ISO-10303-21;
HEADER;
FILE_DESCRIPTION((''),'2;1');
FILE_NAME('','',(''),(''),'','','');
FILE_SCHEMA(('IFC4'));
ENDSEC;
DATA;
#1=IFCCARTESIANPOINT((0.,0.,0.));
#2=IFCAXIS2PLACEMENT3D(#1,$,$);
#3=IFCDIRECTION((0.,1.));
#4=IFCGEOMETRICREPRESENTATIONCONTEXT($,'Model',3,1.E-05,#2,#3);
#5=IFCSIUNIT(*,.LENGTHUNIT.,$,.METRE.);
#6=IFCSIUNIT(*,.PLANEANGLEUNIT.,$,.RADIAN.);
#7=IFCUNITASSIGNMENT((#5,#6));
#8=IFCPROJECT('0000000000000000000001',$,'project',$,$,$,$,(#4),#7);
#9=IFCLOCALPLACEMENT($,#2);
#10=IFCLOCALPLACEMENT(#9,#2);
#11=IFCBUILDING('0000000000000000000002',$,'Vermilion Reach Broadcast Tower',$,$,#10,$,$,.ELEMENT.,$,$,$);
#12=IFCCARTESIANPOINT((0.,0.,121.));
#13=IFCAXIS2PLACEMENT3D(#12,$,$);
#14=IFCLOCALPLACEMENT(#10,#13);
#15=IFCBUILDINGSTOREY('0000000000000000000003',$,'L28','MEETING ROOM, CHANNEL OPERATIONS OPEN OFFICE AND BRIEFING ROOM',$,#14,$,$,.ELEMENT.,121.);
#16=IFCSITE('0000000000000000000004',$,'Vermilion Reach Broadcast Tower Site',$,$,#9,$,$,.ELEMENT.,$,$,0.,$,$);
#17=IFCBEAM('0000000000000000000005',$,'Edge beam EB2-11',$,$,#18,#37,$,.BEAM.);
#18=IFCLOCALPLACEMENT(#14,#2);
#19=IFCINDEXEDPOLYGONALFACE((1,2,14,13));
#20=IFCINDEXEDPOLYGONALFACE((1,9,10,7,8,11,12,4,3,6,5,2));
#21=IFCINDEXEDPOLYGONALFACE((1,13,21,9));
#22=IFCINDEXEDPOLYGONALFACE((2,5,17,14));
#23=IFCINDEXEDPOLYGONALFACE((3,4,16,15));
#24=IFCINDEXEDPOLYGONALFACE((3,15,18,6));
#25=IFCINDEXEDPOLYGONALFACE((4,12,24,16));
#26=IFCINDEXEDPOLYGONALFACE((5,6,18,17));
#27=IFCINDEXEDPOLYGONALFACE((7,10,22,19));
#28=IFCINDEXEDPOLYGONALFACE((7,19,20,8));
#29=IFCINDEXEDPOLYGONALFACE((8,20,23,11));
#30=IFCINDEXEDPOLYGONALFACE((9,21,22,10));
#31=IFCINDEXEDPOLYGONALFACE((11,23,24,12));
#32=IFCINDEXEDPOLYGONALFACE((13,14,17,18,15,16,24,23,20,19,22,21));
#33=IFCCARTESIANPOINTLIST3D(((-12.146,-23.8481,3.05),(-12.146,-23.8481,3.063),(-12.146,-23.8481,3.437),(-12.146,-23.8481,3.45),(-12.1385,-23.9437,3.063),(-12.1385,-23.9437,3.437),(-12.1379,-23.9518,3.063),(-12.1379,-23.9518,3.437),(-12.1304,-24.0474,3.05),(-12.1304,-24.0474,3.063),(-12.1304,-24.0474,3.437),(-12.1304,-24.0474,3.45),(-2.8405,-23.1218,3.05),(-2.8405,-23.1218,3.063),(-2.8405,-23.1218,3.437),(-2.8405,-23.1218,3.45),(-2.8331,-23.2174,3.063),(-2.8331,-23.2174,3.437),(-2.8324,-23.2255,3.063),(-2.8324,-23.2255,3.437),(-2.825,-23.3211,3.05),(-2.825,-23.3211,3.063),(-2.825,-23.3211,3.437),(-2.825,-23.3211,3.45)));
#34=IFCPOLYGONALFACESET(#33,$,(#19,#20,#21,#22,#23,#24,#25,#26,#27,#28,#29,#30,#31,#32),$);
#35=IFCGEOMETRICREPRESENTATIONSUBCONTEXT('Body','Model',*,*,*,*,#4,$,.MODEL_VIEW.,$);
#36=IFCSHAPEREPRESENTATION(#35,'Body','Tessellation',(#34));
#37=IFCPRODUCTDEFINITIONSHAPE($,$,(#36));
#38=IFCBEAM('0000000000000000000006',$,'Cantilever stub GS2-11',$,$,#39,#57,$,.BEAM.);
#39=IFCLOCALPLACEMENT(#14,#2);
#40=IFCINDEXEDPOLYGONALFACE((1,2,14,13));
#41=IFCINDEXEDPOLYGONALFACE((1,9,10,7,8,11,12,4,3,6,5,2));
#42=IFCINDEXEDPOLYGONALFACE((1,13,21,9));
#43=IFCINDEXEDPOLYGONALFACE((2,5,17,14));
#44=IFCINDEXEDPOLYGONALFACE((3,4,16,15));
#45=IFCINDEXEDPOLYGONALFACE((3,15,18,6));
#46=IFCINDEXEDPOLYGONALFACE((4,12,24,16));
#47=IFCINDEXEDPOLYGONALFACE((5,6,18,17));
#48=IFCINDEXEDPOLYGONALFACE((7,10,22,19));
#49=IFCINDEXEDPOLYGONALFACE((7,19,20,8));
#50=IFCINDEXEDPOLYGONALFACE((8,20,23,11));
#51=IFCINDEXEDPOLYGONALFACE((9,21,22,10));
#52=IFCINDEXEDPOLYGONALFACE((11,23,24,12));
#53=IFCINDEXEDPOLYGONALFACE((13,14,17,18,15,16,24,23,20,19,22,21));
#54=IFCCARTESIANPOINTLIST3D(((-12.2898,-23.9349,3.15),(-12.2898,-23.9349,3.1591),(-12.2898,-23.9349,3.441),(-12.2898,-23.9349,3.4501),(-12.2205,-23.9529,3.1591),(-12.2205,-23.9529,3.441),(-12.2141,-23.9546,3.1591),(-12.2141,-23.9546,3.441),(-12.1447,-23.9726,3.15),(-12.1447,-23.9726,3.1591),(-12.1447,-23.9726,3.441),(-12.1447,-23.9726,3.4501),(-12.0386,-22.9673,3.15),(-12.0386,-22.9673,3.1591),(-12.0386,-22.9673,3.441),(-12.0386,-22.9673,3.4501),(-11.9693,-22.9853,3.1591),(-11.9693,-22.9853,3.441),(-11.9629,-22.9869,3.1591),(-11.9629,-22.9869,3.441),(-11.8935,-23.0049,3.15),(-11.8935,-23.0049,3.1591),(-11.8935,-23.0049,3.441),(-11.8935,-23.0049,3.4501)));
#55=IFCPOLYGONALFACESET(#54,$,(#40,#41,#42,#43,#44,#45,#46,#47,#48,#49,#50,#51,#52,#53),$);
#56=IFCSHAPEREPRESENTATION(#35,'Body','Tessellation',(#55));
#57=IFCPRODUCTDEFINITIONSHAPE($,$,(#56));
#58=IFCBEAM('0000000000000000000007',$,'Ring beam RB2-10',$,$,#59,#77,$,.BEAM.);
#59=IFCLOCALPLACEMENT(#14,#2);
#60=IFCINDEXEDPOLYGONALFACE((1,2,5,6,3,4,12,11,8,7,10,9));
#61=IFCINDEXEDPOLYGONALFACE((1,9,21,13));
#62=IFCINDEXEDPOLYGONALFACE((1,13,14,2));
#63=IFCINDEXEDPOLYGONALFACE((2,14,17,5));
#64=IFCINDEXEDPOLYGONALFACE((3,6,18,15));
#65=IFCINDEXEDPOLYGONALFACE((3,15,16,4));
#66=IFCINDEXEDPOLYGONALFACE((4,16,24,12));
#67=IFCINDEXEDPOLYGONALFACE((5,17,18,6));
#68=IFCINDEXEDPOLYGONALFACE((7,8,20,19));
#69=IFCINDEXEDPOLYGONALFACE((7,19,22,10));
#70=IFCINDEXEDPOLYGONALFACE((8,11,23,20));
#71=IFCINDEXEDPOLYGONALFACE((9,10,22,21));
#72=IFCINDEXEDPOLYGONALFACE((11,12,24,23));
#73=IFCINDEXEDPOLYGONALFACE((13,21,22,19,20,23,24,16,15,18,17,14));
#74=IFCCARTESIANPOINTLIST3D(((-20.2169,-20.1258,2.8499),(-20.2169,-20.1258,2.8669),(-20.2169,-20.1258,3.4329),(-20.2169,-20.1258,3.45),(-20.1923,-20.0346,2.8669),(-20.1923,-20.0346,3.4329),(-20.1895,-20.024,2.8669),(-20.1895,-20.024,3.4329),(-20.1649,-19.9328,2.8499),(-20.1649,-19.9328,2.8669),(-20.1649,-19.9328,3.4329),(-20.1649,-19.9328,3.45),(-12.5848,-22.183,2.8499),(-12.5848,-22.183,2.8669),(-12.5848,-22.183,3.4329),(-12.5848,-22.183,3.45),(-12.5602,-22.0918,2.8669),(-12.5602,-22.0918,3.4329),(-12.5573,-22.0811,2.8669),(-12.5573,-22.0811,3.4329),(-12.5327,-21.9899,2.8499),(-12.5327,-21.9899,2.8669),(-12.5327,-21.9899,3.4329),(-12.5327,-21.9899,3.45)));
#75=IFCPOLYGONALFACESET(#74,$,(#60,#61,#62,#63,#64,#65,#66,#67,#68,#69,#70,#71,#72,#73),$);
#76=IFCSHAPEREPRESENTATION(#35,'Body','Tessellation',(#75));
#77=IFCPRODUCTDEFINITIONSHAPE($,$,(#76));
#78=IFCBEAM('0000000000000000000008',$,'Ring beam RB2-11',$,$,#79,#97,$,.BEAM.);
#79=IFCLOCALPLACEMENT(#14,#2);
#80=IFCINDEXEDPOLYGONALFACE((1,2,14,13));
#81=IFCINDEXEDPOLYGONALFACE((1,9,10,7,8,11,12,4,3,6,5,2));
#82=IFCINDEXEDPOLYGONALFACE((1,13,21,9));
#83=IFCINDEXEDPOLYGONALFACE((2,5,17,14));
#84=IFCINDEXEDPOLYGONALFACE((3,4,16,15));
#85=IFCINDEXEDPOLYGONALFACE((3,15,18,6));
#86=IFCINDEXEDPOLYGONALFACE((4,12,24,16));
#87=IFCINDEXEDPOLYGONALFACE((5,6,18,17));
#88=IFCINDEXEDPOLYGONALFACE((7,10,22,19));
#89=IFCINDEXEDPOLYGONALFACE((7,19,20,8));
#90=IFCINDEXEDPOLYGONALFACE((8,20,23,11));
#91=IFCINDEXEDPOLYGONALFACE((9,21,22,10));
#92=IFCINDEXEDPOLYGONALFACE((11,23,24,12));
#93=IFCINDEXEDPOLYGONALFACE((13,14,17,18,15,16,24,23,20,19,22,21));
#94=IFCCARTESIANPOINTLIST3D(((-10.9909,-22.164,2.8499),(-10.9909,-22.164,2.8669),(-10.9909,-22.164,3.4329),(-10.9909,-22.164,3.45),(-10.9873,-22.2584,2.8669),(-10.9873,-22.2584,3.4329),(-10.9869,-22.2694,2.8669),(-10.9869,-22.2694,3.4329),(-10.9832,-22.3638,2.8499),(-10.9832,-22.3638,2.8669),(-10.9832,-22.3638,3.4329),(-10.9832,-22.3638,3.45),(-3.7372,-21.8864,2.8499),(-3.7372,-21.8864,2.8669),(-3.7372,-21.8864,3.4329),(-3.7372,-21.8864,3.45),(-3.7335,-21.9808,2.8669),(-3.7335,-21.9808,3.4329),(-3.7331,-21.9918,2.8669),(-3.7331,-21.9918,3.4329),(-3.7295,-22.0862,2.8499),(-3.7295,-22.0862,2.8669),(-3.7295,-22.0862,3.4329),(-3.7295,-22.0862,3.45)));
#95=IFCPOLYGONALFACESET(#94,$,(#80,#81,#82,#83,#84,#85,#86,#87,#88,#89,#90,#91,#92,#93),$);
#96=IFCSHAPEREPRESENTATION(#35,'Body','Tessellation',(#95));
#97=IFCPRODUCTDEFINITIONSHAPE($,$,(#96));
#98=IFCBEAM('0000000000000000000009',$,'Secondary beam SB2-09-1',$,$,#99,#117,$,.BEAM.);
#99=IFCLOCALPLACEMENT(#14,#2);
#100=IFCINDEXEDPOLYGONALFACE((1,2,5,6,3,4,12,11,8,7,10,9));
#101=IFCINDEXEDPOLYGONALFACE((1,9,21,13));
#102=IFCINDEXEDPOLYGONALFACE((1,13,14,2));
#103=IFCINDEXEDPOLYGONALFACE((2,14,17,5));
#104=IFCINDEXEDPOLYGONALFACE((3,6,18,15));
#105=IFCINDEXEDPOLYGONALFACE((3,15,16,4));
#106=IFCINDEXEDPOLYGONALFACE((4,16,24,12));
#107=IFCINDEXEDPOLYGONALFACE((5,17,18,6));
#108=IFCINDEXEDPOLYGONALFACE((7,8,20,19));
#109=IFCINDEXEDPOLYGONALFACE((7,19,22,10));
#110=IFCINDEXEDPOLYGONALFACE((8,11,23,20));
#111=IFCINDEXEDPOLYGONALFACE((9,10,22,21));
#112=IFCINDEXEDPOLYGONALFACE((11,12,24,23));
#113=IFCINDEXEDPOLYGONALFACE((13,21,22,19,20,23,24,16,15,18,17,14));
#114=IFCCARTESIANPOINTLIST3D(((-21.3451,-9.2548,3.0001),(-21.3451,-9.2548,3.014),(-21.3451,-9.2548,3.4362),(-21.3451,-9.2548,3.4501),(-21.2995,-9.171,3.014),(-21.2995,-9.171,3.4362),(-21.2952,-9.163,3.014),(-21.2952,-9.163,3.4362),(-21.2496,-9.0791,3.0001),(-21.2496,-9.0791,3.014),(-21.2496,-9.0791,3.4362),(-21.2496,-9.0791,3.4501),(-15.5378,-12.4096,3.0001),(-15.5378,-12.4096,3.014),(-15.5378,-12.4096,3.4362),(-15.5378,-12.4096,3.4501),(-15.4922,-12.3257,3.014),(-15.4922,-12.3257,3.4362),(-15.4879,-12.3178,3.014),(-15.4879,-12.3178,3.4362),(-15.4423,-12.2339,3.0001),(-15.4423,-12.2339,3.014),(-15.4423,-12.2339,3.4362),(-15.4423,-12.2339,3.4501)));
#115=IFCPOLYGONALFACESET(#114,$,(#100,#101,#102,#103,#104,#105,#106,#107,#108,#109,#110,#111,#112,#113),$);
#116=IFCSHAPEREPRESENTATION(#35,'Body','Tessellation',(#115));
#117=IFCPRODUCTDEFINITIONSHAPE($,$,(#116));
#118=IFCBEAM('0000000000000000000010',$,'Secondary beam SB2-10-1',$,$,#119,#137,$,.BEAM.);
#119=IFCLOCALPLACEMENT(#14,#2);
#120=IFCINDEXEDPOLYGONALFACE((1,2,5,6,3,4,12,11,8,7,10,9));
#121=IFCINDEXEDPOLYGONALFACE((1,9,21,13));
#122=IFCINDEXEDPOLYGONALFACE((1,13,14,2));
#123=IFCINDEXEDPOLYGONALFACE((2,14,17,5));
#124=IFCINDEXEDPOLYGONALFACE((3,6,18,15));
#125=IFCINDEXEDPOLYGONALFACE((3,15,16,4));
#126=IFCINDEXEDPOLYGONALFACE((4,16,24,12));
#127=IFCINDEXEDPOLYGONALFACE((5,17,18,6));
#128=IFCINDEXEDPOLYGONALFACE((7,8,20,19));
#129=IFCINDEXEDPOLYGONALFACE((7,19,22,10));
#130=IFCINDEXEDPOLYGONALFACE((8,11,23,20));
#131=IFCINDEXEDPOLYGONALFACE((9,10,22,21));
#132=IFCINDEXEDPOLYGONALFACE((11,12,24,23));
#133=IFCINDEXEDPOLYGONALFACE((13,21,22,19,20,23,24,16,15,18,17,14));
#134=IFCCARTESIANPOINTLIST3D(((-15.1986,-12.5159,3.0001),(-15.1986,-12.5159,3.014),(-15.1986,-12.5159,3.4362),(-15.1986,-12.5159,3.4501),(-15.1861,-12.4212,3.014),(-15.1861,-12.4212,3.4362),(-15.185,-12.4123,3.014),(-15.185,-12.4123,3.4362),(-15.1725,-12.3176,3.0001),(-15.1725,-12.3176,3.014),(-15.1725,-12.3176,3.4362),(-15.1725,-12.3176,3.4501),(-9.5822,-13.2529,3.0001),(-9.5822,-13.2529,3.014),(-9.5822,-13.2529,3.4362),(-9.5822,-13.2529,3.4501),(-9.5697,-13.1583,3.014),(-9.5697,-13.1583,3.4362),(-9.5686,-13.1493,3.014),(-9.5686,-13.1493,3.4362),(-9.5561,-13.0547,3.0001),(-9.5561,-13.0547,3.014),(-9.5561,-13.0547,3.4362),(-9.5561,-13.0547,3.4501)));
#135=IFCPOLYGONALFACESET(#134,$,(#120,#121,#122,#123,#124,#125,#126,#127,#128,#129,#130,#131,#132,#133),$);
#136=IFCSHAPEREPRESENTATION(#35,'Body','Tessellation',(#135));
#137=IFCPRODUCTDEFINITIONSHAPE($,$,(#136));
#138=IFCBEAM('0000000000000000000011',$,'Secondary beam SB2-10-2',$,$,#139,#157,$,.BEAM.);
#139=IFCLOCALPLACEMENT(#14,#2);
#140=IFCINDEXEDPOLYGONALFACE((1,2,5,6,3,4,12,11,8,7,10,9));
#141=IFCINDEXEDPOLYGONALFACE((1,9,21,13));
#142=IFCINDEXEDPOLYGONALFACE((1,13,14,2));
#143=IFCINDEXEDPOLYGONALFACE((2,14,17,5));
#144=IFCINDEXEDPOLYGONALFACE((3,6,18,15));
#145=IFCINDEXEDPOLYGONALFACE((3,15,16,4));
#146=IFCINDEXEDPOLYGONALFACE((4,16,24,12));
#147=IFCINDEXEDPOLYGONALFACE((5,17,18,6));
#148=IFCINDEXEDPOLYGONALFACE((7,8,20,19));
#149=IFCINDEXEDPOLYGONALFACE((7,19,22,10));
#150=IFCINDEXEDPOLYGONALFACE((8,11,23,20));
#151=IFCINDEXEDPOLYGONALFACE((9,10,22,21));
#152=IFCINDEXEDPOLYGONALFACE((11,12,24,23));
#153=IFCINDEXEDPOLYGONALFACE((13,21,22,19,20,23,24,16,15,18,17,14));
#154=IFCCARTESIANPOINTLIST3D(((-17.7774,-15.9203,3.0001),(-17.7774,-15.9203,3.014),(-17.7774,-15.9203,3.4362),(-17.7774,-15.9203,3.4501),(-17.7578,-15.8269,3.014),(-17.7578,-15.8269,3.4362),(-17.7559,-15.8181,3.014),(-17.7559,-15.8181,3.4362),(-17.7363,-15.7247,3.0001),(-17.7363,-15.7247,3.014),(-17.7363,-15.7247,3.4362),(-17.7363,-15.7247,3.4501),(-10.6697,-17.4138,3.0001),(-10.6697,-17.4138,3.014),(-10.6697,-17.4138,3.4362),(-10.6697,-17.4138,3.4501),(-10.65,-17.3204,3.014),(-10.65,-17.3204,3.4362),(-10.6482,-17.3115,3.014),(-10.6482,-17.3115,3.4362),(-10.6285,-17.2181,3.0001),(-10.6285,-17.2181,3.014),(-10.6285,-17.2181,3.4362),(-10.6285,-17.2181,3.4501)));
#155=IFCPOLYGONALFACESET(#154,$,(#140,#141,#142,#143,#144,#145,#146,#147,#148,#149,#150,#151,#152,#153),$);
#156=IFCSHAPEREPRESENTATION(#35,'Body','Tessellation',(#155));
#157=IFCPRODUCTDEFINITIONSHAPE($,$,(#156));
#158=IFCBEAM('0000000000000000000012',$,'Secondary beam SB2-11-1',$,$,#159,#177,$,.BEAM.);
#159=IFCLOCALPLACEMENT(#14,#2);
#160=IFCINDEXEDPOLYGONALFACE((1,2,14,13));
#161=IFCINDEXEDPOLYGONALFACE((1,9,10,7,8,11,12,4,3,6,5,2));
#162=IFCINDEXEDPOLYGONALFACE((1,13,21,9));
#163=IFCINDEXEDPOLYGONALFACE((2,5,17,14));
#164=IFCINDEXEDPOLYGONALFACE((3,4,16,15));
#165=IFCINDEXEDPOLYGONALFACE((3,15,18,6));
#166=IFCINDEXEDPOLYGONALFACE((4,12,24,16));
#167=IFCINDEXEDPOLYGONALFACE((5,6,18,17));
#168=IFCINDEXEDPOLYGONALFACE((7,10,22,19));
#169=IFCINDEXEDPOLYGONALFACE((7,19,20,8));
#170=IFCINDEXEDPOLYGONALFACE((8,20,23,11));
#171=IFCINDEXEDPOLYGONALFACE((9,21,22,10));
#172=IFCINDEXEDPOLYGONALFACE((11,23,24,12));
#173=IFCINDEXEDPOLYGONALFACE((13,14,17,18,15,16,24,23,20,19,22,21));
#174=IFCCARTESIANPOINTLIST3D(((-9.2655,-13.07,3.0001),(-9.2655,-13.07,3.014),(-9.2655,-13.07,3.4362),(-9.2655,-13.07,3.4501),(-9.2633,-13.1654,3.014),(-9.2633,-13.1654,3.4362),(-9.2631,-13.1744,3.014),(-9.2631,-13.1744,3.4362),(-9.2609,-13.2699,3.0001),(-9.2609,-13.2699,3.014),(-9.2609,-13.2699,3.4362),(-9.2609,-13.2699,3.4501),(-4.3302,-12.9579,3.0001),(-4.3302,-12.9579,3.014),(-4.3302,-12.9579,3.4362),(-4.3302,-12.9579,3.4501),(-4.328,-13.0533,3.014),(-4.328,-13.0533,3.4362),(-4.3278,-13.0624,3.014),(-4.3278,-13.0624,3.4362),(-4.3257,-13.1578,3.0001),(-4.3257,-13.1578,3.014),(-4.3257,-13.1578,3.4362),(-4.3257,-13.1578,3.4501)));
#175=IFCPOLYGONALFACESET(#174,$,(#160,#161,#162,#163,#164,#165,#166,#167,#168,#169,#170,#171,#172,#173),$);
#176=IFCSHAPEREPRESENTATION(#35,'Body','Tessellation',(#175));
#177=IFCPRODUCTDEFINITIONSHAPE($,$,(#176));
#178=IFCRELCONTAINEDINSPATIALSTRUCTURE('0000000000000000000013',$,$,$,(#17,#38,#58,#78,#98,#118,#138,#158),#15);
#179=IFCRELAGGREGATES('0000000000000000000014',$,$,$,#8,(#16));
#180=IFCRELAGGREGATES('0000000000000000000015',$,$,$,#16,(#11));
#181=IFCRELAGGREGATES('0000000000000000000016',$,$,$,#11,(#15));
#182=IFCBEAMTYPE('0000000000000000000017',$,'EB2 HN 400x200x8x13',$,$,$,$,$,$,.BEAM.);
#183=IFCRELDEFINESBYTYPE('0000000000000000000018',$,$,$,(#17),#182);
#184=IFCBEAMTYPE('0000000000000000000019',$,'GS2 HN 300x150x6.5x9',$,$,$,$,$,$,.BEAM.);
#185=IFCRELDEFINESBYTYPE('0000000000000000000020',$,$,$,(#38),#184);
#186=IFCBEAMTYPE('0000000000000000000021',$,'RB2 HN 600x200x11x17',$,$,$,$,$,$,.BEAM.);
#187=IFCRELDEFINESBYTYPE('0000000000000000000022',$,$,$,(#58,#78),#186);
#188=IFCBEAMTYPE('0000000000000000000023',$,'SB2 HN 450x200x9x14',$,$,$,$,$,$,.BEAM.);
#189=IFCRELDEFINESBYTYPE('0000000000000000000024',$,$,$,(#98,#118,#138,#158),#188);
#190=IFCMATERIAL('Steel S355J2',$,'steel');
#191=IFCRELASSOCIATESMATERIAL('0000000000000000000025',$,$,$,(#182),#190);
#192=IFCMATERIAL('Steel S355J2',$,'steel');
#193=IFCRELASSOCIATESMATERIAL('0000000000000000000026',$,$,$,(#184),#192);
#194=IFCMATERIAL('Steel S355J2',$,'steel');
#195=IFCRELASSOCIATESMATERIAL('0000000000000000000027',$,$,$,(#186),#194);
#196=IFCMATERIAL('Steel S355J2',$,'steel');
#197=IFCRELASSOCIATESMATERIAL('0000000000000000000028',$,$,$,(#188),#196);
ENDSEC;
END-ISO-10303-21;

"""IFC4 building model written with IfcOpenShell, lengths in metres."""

from ifc_helpers import new_model, si_unit, direction, frame, origin, origin_2d, place, context, subcontext, project, spatial, i_section, extrude, material, material_profile, profile_set, type_object, element, save


model = new_model("IFC4")

# Units and contexts
model_context = context("Model", 3, precision=1e-05, world=origin(), true_north=direction((0.0, 1.0)))
body_context = subcontext(model_context, "Body", "Model", "MODEL_VIEW")
ifc_project = project(units=[si_unit("LENGTHUNIT", "METRE"), si_unit("PLANEANGLEUNIT", "RADIAN")], contexts=[model_context])

# Site, building, storey
site_placement = place(None, origin())
site = spatial("IfcSite", under=ifc_project, at=site_placement, Name="Vermilion Reach Broadcast Tower Site", CompositionType="ELEMENT", RefElevation=0.0)
building_placement = place(site_placement, origin())
building = spatial("IfcBuilding", under=site, at=building_placement, Name="Vermilion Reach Broadcast Tower", CompositionType="ELEMENT")
storey_placement = place(building_placement, frame((0.0, 0.0, 121.0)))
storey = spatial("IfcBuildingStorey", under=building, at=storey_placement, Name="L28", Description="MEETING ROOM, CHANNEL OPERATIONS OPEN OFFICE AND BRIEFING ROOM", CompositionType="ELEMENT", Elevation=121.0)

# Beams
ifc_material_1 = material(Name="Steel S355J2", Category="steel")
ifc_material_profile_1 = material_profile(ifc_material_1, i_section(OverallWidth=0.2, OverallDepth=0.3999, WebThickness=0.0081, FlangeThickness=0.0129, at=origin_2d()), Name="S355J2 HN 400x200x8x13")
ifc_profile_set_1 = profile_set([ifc_material_profile_1], Name="Steel S355J2")
beam_type_1 = type_object("IfcBeamType", Name="EB2 HN 400x200x8x13", PredefinedType="BEAM", material=ifc_profile_set_1)
beam_1_placement = place(storey_placement, frame((-12.1382, -23.9478, 3.25), z_axis=(0.996968, 0.077817, 0.0), x_axis=(-0.077817, 0.996968, 0.0)))
element("IfcBeam", 1, at=beam_1_placement, inside=storey, type_object=beam_type_1, Name="Edge beam EB2-11", PredefinedType="BEAM", context=body_context, shape_type="SweptSolid", body=[
    extrude(i_section(OverallWidth=0.2, OverallDepth=0.3999, WebThickness=0.0081, FlangeThickness=0.0129, at=origin_2d()), origin(), (0.0, 0.0, 1.0), 9.3337),
])
ifc_material_2 = material(Name="Steel S355J2", Category="steel")
ifc_material_profile_2 = material_profile(ifc_material_2, i_section(OverallWidth=0.1499, OverallDepth=0.3, WebThickness=0.0066, FlangeThickness=0.009, at=origin_2d()), Name="S355J2 HN 300x150x6.5x9")
ifc_profile_set_2 = profile_set([ifc_material_profile_2], Name="Steel S355J2")
beam_type_2 = type_object("IfcBeamType", Name="GS2 HN 300x150x6.5x9", PredefinedType="BEAM", material=ifc_profile_set_2)
beam_2_placement = place(storey_placement, frame((-11.9661, -22.9861, 3.3), z_axis=(-0.251259, -0.96792, 0.0), x_axis=(0.96792, -0.251259, 0.0)))
element("IfcBeam", 2, at=beam_2_placement, inside=storey, type_object=beam_type_2, Name="Cantilever stub GS2-11", PredefinedType="BEAM", context=body_context, shape_type="SweptSolid", body=[
    extrude(i_section(OverallWidth=0.1499, OverallDepth=0.3, WebThickness=0.0066, FlangeThickness=0.009, at=origin_2d()), origin(), (0.0, 0.0, 1.0), 0.9998),
])
ifc_material_3 = material(Name="Steel S355J2", Category="steel")
ifc_material_profile_3 = material_profile(ifc_material_3, i_section(OverallWidth=0.2, OverallDepth=0.6001, WebThickness=0.011, FlangeThickness=0.0171, at=origin_2d()), Name="S355J2 HN 600x200x11x17")
ifc_profile_set_3 = profile_set([ifc_material_profile_3], Name="Steel S355J2")
beam_type_3 = type_object("IfcBeamType", Name="RB2 HN 600x200x11x17", PredefinedType="BEAM", material=ifc_profile_set_3)
beam_3_placement = place(storey_placement, frame((-20.1909, -20.0293, 3.1499), z_axis=(0.965541, -0.260249, 0.0), x_axis=(0.260249, 0.965541, 0.0)))
element("IfcBeam", 3, at=beam_3_placement, inside=storey, type_object=beam_type_3, Name="Ring beam RB2-10", PredefinedType="BEAM", context=body_context, shape_type="SweptSolid", body=[
    extrude(i_section(OverallWidth=0.2, OverallDepth=0.6001, WebThickness=0.011, FlangeThickness=0.0171, at=origin_2d()), origin(), (0.0, 0.0, 1.0), 7.9045),
])
beam_4_placement = place(storey_placement, frame((-10.9871, -22.2639, 3.1499), z_axis=(0.999269, 0.038241, 0.0), x_axis=(-0.038241, 0.999269, 0.0)))
element("IfcBeam", 4, at=beam_4_placement, inside=storey, type_object=beam_type_3, Name="Ring beam RB2-11", PredefinedType="BEAM", context=body_context, shape_type="SweptSolid", body=[
    extrude(i_section(OverallWidth=0.2, OverallDepth=0.6001, WebThickness=0.011, FlangeThickness=0.0171, at=origin_2d()), origin(), (0.0, 0.0, 1.0), 7.259),
])
ifc_material_4 = material(Name="Steel S355J2", Category="steel")
ifc_material_profile_4 = material_profile(ifc_material_4, i_section(OverallWidth=0.2, OverallDepth=0.45, WebThickness=0.009, FlangeThickness=0.0139, at=origin_2d()), Name="S355J2 HN 450x200x9x14")
ifc_profile_set_4 = profile_set([ifc_material_profile_4], Name="Steel S355J2")
beam_type_4 = type_object("IfcBeamType", Name="SB2 HN 450x200x9x14", PredefinedType="BEAM", material=ifc_profile_set_4)
beam_5_placement = place(storey_placement, frame((-21.2974, -9.167, 3.2251), z_axis=(0.878713, -0.47735, 0.0), x_axis=(0.47735, 0.878713, 0.0)))
element("IfcBeam", 5, at=beam_5_placement, inside=storey, type_object=beam_type_4, Name="Secondary beam SB2-09-1", PredefinedType="BEAM", context=body_context, shape_type="SweptSolid", body=[
    extrude(i_section(OverallWidth=0.2, OverallDepth=0.45, WebThickness=0.009, FlangeThickness=0.0139, at=origin_2d()), origin(), (0.0, 0.0, 1.0), 6.6089),
])
beam_6_placement = place(storey_placement, frame((-15.1855, -12.4167, 3.2251), z_axis=(0.991499, -0.130117, 0.0), x_axis=(0.130117, 0.991499, 0.0)))
element("IfcBeam", 6, at=beam_6_placement, inside=storey, type_object=beam_type_4, Name="Secondary beam SB2-10-1", PredefinedType="BEAM", context=body_context, shape_type="SweptSolid", body=[
    extrude(i_section(OverallWidth=0.2, OverallDepth=0.45, WebThickness=0.009, FlangeThickness=0.0139, at=origin_2d()), origin(), (0.0, 0.0, 1.0), 5.6646),
])
beam_7_placement = place(storey_placement, frame((-17.7568, -15.8225, 3.2251), z_axis=(0.978631, -0.205623, 0.0), x_axis=(0.205623, 0.978631, 0.0)))
element("IfcBeam", 7, at=beam_7_placement, inside=storey, type_object=beam_type_4, Name="Secondary beam SB2-10-2", PredefinedType="BEAM", context=body_context, shape_type="SweptSolid", body=[
    extrude(i_section(OverallWidth=0.2, OverallDepth=0.45, WebThickness=0.009, FlangeThickness=0.0139, at=origin_2d()), origin(), (0.0, 0.0, 1.0), 7.2629),
])
beam_8_placement = place(storey_placement, frame((-9.2632, -13.1699, 3.2251), z_axis=(0.999742, 0.0227, 0.0), x_axis=(-0.0227, 0.999742, 0.0)))
element("IfcBeam", 8, at=beam_8_placement, inside=storey, type_object=beam_type_4, Name="Secondary beam SB2-11-1", PredefinedType="BEAM", context=body_context, shape_type="SweptSolid", body=[
    extrude(i_section(OverallWidth=0.2, OverallDepth=0.45, WebThickness=0.009, FlangeThickness=0.0139, at=origin_2d()), origin(), (0.0, 0.0, 1.0), 4.9365),
])

save(model, "model.ifc")
